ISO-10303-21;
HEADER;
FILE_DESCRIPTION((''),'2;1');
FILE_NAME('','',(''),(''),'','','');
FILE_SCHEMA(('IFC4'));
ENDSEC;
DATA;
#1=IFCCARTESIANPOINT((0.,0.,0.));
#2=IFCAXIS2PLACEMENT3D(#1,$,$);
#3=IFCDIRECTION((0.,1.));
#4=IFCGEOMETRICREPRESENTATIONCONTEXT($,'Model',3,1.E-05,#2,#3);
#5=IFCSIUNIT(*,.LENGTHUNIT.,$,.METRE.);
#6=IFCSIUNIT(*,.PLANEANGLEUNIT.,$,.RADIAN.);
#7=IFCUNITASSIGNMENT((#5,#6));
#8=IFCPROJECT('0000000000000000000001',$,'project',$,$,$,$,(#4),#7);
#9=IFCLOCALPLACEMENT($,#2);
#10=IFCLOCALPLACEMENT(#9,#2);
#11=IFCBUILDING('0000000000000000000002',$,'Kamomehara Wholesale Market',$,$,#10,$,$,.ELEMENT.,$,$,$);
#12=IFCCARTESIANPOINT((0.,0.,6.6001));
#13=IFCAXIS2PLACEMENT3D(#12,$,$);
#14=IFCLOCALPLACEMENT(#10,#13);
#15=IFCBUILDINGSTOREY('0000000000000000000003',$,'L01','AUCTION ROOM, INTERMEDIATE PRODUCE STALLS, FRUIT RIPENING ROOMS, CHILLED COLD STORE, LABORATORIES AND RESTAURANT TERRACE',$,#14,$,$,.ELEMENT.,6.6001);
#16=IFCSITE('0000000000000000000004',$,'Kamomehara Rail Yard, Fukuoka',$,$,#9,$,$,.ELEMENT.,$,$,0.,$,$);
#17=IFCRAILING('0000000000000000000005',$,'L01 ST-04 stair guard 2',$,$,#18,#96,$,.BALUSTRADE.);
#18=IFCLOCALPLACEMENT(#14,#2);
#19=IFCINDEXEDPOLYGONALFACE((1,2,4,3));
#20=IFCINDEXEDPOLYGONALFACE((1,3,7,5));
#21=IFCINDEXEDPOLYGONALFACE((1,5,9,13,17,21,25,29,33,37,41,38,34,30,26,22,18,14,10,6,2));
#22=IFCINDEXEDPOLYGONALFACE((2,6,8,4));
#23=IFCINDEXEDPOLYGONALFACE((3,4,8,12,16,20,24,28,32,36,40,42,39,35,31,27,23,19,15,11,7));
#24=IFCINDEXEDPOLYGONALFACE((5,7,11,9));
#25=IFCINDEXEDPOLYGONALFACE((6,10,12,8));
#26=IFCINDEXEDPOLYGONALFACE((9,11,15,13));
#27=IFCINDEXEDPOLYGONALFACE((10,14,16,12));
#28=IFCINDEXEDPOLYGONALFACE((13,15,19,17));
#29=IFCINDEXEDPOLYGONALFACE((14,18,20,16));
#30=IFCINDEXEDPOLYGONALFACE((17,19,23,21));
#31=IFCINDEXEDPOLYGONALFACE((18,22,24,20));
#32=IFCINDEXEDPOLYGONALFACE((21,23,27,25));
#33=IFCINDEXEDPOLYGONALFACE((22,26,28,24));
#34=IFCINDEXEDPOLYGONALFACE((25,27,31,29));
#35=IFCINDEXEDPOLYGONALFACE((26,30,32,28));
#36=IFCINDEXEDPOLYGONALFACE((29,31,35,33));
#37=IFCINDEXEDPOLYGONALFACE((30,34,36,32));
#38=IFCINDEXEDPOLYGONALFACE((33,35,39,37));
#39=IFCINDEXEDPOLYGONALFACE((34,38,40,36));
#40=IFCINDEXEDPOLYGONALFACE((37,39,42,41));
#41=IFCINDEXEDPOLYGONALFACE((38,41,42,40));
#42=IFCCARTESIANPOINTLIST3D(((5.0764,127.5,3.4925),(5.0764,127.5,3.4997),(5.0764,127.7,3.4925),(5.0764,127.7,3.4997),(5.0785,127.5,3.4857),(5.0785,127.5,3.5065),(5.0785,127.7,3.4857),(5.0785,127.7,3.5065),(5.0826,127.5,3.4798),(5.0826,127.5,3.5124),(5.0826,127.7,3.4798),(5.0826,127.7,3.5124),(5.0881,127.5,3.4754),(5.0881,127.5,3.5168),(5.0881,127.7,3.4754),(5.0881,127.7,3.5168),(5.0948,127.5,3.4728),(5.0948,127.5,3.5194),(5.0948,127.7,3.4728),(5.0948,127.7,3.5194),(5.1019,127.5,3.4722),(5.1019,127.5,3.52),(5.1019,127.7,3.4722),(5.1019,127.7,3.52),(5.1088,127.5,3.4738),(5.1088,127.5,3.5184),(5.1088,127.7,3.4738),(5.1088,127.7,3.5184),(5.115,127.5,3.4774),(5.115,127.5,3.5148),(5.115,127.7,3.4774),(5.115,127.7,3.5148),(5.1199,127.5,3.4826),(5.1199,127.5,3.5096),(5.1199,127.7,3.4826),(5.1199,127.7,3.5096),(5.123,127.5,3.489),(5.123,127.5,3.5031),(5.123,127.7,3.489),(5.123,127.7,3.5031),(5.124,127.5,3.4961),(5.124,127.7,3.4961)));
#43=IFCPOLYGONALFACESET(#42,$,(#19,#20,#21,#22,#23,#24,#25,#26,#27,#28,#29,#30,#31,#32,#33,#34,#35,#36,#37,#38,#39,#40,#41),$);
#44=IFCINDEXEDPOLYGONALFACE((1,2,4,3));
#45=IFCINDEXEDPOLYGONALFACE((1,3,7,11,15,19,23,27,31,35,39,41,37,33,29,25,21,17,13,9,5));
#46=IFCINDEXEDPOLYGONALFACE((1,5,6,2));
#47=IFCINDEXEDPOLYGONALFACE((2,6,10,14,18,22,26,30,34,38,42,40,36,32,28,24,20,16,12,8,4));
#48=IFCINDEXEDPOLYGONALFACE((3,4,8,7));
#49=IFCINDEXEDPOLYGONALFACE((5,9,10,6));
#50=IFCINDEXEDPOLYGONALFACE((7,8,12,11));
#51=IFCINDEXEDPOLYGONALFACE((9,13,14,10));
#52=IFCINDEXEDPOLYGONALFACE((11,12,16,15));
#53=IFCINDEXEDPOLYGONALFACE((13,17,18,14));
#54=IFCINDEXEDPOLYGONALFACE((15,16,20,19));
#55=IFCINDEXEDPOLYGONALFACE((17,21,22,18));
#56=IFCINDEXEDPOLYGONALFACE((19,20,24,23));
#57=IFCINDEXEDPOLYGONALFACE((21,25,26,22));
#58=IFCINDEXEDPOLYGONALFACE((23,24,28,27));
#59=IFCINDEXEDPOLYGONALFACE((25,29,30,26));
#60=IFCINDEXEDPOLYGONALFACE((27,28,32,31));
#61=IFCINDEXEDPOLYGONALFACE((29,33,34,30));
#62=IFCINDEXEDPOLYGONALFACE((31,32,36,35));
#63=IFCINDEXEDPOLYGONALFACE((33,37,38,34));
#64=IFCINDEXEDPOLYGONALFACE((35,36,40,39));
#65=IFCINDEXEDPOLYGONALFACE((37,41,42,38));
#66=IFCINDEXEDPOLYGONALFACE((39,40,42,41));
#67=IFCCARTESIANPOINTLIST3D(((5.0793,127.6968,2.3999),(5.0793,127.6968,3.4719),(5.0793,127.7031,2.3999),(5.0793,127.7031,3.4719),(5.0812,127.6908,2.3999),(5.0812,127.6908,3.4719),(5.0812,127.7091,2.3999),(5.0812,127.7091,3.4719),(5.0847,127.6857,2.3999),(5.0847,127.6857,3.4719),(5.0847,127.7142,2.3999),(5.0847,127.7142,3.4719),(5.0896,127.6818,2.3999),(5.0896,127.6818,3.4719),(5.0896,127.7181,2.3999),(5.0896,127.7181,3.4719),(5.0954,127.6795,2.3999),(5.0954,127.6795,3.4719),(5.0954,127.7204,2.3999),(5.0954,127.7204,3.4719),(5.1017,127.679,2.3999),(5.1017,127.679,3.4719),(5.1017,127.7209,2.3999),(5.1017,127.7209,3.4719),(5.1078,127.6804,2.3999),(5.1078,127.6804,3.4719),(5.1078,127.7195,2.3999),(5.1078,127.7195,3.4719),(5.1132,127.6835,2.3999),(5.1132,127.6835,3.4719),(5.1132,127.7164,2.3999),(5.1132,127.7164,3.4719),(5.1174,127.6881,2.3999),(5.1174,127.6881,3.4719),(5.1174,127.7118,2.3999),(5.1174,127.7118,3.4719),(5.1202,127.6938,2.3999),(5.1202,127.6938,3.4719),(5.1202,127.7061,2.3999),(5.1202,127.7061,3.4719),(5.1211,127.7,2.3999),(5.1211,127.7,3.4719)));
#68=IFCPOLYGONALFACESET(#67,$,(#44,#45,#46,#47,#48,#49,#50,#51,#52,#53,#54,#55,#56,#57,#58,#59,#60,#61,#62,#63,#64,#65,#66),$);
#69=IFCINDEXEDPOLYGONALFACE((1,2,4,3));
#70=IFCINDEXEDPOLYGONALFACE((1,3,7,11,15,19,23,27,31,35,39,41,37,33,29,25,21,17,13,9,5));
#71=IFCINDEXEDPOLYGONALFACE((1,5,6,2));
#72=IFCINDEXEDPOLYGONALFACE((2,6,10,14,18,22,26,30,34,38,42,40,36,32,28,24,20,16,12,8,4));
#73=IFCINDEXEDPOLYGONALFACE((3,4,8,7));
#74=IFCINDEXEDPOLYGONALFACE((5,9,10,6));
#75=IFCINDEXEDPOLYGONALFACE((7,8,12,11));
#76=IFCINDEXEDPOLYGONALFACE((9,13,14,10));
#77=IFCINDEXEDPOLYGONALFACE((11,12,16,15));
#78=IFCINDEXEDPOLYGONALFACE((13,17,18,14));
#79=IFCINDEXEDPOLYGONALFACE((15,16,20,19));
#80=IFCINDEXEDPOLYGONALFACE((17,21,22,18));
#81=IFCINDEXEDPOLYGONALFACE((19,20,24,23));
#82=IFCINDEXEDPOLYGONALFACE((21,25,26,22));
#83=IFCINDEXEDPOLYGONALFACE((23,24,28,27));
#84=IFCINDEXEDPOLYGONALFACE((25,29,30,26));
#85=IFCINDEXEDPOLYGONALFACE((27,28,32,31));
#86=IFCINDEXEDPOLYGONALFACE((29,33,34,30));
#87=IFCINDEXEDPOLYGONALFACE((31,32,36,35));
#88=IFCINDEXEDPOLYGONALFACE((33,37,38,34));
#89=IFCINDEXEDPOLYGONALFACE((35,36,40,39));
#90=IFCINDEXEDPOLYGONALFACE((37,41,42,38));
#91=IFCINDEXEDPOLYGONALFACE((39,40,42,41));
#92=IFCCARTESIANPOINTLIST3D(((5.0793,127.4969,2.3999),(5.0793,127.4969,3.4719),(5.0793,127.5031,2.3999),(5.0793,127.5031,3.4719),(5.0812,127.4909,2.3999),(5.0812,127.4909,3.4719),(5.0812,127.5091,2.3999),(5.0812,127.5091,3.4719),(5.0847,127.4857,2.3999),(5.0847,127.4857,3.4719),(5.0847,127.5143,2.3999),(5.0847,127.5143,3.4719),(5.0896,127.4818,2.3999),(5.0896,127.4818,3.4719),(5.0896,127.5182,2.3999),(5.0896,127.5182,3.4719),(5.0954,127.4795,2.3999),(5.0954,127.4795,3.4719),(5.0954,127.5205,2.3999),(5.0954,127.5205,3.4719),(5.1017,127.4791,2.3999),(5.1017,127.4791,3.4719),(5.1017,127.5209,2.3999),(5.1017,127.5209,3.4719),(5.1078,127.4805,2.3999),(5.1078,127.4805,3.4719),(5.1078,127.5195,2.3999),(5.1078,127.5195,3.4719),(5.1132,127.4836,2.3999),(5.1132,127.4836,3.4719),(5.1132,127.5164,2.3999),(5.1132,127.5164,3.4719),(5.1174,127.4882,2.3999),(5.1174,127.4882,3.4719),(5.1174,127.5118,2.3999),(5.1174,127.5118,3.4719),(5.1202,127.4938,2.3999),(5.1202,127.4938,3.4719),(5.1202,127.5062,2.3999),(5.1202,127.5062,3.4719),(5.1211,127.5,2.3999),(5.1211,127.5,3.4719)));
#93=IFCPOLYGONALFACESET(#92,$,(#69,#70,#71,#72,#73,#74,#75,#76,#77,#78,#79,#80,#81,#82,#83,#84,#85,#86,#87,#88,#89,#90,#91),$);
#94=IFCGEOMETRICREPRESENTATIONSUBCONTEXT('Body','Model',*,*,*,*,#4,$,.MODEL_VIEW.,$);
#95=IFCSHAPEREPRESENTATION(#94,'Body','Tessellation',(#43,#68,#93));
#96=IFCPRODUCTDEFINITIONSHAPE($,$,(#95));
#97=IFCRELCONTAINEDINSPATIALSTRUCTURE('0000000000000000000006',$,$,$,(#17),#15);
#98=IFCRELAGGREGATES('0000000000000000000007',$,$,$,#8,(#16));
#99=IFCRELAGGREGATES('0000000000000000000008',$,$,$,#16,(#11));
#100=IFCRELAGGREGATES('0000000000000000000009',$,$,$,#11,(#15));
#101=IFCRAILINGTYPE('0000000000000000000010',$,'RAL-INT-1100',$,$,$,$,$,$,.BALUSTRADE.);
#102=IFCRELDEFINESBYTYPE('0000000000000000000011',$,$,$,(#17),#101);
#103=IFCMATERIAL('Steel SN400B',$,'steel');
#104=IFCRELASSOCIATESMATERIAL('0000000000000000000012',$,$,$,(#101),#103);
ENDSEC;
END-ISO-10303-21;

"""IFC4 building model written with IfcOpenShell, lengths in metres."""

from ifc_helpers import new_model, si_unit, direction, frame, origin, origin_2d, place, context, subcontext, project, spatial, circle, extrude, material, type_object, element, save


model = new_model("IFC4")

# Units and contexts
model_context = context("Model", 3, precision=1e-05, world=origin(), true_north=direction((0.0, 1.0)))
body_context = subcontext(model_context, "Body", "Model", "MODEL_VIEW")
ifc_project = project(units=[si_unit("LENGTHUNIT", "METRE"), si_unit("PLANEANGLEUNIT", "RADIAN")], contexts=[model_context])

# Site, building, storey
site_placement = place(None, origin())
site = spatial("IfcSite", under=ifc_project, at=site_placement, Name="Kamomehara Rail Yard, Fukuoka", CompositionType="ELEMENT", RefElevation=0.0)
building_placement = place(site_placement, origin())
building = spatial("IfcBuilding", under=site, at=building_placement, Name="Kamomehara Wholesale Market", CompositionType="ELEMENT")
storey_placement = place(building_placement, frame((0.0, 0.0, 6.6001)))
storey = spatial("IfcBuildingStorey", under=building, at=storey_placement, Name="L01", Description="AUCTION ROOM, INTERMEDIATE PRODUCE STALLS, FRUIT RIPENING ROOMS, CHILLED COLD STORE, LABORATORIES AND RESTAURANT TERRACE", CompositionType="ELEMENT", Elevation=6.6001)

# Railing
ifc_material_1 = material(Name="Steel SN400B", Category="steel")
railing_type_1 = type_object("IfcRailingType", Name="RAL-INT-1100", PredefinedType="BALUSTRADE", material=ifc_material_1)
railing_1_placement = place(storey_placement, frame((5.1001, 127.7, 2.3999)))
element("IfcRailing", 1, at=railing_1_placement, inside=storey, type_object=railing_type_1, Name="L01 ST-04 stair guard 2", PredefinedType="BALUSTRADE", context=body_context, shape_type="SweptSolid", body=[
    extrude(circle(Radius=0.0239, at=origin_2d()), frame((0.0, 0.0, 1.0962), z_axis=(0.0, -1.0, 0.0), x_axis=(1.0, 0.0, 0.0)), (0.0, 0.0, 1.0), 0.2),
    extrude(circle(Radius=0.021, at=origin_2d()), origin(), (0.0, 0.0, 1.0), 1.072),
    extrude(circle(Radius=0.021, at=origin_2d()), frame((0.0, -0.2, 0.0)), (0.0, 0.0, 1.0), 1.072),
])

save(model, "model.ifc")
